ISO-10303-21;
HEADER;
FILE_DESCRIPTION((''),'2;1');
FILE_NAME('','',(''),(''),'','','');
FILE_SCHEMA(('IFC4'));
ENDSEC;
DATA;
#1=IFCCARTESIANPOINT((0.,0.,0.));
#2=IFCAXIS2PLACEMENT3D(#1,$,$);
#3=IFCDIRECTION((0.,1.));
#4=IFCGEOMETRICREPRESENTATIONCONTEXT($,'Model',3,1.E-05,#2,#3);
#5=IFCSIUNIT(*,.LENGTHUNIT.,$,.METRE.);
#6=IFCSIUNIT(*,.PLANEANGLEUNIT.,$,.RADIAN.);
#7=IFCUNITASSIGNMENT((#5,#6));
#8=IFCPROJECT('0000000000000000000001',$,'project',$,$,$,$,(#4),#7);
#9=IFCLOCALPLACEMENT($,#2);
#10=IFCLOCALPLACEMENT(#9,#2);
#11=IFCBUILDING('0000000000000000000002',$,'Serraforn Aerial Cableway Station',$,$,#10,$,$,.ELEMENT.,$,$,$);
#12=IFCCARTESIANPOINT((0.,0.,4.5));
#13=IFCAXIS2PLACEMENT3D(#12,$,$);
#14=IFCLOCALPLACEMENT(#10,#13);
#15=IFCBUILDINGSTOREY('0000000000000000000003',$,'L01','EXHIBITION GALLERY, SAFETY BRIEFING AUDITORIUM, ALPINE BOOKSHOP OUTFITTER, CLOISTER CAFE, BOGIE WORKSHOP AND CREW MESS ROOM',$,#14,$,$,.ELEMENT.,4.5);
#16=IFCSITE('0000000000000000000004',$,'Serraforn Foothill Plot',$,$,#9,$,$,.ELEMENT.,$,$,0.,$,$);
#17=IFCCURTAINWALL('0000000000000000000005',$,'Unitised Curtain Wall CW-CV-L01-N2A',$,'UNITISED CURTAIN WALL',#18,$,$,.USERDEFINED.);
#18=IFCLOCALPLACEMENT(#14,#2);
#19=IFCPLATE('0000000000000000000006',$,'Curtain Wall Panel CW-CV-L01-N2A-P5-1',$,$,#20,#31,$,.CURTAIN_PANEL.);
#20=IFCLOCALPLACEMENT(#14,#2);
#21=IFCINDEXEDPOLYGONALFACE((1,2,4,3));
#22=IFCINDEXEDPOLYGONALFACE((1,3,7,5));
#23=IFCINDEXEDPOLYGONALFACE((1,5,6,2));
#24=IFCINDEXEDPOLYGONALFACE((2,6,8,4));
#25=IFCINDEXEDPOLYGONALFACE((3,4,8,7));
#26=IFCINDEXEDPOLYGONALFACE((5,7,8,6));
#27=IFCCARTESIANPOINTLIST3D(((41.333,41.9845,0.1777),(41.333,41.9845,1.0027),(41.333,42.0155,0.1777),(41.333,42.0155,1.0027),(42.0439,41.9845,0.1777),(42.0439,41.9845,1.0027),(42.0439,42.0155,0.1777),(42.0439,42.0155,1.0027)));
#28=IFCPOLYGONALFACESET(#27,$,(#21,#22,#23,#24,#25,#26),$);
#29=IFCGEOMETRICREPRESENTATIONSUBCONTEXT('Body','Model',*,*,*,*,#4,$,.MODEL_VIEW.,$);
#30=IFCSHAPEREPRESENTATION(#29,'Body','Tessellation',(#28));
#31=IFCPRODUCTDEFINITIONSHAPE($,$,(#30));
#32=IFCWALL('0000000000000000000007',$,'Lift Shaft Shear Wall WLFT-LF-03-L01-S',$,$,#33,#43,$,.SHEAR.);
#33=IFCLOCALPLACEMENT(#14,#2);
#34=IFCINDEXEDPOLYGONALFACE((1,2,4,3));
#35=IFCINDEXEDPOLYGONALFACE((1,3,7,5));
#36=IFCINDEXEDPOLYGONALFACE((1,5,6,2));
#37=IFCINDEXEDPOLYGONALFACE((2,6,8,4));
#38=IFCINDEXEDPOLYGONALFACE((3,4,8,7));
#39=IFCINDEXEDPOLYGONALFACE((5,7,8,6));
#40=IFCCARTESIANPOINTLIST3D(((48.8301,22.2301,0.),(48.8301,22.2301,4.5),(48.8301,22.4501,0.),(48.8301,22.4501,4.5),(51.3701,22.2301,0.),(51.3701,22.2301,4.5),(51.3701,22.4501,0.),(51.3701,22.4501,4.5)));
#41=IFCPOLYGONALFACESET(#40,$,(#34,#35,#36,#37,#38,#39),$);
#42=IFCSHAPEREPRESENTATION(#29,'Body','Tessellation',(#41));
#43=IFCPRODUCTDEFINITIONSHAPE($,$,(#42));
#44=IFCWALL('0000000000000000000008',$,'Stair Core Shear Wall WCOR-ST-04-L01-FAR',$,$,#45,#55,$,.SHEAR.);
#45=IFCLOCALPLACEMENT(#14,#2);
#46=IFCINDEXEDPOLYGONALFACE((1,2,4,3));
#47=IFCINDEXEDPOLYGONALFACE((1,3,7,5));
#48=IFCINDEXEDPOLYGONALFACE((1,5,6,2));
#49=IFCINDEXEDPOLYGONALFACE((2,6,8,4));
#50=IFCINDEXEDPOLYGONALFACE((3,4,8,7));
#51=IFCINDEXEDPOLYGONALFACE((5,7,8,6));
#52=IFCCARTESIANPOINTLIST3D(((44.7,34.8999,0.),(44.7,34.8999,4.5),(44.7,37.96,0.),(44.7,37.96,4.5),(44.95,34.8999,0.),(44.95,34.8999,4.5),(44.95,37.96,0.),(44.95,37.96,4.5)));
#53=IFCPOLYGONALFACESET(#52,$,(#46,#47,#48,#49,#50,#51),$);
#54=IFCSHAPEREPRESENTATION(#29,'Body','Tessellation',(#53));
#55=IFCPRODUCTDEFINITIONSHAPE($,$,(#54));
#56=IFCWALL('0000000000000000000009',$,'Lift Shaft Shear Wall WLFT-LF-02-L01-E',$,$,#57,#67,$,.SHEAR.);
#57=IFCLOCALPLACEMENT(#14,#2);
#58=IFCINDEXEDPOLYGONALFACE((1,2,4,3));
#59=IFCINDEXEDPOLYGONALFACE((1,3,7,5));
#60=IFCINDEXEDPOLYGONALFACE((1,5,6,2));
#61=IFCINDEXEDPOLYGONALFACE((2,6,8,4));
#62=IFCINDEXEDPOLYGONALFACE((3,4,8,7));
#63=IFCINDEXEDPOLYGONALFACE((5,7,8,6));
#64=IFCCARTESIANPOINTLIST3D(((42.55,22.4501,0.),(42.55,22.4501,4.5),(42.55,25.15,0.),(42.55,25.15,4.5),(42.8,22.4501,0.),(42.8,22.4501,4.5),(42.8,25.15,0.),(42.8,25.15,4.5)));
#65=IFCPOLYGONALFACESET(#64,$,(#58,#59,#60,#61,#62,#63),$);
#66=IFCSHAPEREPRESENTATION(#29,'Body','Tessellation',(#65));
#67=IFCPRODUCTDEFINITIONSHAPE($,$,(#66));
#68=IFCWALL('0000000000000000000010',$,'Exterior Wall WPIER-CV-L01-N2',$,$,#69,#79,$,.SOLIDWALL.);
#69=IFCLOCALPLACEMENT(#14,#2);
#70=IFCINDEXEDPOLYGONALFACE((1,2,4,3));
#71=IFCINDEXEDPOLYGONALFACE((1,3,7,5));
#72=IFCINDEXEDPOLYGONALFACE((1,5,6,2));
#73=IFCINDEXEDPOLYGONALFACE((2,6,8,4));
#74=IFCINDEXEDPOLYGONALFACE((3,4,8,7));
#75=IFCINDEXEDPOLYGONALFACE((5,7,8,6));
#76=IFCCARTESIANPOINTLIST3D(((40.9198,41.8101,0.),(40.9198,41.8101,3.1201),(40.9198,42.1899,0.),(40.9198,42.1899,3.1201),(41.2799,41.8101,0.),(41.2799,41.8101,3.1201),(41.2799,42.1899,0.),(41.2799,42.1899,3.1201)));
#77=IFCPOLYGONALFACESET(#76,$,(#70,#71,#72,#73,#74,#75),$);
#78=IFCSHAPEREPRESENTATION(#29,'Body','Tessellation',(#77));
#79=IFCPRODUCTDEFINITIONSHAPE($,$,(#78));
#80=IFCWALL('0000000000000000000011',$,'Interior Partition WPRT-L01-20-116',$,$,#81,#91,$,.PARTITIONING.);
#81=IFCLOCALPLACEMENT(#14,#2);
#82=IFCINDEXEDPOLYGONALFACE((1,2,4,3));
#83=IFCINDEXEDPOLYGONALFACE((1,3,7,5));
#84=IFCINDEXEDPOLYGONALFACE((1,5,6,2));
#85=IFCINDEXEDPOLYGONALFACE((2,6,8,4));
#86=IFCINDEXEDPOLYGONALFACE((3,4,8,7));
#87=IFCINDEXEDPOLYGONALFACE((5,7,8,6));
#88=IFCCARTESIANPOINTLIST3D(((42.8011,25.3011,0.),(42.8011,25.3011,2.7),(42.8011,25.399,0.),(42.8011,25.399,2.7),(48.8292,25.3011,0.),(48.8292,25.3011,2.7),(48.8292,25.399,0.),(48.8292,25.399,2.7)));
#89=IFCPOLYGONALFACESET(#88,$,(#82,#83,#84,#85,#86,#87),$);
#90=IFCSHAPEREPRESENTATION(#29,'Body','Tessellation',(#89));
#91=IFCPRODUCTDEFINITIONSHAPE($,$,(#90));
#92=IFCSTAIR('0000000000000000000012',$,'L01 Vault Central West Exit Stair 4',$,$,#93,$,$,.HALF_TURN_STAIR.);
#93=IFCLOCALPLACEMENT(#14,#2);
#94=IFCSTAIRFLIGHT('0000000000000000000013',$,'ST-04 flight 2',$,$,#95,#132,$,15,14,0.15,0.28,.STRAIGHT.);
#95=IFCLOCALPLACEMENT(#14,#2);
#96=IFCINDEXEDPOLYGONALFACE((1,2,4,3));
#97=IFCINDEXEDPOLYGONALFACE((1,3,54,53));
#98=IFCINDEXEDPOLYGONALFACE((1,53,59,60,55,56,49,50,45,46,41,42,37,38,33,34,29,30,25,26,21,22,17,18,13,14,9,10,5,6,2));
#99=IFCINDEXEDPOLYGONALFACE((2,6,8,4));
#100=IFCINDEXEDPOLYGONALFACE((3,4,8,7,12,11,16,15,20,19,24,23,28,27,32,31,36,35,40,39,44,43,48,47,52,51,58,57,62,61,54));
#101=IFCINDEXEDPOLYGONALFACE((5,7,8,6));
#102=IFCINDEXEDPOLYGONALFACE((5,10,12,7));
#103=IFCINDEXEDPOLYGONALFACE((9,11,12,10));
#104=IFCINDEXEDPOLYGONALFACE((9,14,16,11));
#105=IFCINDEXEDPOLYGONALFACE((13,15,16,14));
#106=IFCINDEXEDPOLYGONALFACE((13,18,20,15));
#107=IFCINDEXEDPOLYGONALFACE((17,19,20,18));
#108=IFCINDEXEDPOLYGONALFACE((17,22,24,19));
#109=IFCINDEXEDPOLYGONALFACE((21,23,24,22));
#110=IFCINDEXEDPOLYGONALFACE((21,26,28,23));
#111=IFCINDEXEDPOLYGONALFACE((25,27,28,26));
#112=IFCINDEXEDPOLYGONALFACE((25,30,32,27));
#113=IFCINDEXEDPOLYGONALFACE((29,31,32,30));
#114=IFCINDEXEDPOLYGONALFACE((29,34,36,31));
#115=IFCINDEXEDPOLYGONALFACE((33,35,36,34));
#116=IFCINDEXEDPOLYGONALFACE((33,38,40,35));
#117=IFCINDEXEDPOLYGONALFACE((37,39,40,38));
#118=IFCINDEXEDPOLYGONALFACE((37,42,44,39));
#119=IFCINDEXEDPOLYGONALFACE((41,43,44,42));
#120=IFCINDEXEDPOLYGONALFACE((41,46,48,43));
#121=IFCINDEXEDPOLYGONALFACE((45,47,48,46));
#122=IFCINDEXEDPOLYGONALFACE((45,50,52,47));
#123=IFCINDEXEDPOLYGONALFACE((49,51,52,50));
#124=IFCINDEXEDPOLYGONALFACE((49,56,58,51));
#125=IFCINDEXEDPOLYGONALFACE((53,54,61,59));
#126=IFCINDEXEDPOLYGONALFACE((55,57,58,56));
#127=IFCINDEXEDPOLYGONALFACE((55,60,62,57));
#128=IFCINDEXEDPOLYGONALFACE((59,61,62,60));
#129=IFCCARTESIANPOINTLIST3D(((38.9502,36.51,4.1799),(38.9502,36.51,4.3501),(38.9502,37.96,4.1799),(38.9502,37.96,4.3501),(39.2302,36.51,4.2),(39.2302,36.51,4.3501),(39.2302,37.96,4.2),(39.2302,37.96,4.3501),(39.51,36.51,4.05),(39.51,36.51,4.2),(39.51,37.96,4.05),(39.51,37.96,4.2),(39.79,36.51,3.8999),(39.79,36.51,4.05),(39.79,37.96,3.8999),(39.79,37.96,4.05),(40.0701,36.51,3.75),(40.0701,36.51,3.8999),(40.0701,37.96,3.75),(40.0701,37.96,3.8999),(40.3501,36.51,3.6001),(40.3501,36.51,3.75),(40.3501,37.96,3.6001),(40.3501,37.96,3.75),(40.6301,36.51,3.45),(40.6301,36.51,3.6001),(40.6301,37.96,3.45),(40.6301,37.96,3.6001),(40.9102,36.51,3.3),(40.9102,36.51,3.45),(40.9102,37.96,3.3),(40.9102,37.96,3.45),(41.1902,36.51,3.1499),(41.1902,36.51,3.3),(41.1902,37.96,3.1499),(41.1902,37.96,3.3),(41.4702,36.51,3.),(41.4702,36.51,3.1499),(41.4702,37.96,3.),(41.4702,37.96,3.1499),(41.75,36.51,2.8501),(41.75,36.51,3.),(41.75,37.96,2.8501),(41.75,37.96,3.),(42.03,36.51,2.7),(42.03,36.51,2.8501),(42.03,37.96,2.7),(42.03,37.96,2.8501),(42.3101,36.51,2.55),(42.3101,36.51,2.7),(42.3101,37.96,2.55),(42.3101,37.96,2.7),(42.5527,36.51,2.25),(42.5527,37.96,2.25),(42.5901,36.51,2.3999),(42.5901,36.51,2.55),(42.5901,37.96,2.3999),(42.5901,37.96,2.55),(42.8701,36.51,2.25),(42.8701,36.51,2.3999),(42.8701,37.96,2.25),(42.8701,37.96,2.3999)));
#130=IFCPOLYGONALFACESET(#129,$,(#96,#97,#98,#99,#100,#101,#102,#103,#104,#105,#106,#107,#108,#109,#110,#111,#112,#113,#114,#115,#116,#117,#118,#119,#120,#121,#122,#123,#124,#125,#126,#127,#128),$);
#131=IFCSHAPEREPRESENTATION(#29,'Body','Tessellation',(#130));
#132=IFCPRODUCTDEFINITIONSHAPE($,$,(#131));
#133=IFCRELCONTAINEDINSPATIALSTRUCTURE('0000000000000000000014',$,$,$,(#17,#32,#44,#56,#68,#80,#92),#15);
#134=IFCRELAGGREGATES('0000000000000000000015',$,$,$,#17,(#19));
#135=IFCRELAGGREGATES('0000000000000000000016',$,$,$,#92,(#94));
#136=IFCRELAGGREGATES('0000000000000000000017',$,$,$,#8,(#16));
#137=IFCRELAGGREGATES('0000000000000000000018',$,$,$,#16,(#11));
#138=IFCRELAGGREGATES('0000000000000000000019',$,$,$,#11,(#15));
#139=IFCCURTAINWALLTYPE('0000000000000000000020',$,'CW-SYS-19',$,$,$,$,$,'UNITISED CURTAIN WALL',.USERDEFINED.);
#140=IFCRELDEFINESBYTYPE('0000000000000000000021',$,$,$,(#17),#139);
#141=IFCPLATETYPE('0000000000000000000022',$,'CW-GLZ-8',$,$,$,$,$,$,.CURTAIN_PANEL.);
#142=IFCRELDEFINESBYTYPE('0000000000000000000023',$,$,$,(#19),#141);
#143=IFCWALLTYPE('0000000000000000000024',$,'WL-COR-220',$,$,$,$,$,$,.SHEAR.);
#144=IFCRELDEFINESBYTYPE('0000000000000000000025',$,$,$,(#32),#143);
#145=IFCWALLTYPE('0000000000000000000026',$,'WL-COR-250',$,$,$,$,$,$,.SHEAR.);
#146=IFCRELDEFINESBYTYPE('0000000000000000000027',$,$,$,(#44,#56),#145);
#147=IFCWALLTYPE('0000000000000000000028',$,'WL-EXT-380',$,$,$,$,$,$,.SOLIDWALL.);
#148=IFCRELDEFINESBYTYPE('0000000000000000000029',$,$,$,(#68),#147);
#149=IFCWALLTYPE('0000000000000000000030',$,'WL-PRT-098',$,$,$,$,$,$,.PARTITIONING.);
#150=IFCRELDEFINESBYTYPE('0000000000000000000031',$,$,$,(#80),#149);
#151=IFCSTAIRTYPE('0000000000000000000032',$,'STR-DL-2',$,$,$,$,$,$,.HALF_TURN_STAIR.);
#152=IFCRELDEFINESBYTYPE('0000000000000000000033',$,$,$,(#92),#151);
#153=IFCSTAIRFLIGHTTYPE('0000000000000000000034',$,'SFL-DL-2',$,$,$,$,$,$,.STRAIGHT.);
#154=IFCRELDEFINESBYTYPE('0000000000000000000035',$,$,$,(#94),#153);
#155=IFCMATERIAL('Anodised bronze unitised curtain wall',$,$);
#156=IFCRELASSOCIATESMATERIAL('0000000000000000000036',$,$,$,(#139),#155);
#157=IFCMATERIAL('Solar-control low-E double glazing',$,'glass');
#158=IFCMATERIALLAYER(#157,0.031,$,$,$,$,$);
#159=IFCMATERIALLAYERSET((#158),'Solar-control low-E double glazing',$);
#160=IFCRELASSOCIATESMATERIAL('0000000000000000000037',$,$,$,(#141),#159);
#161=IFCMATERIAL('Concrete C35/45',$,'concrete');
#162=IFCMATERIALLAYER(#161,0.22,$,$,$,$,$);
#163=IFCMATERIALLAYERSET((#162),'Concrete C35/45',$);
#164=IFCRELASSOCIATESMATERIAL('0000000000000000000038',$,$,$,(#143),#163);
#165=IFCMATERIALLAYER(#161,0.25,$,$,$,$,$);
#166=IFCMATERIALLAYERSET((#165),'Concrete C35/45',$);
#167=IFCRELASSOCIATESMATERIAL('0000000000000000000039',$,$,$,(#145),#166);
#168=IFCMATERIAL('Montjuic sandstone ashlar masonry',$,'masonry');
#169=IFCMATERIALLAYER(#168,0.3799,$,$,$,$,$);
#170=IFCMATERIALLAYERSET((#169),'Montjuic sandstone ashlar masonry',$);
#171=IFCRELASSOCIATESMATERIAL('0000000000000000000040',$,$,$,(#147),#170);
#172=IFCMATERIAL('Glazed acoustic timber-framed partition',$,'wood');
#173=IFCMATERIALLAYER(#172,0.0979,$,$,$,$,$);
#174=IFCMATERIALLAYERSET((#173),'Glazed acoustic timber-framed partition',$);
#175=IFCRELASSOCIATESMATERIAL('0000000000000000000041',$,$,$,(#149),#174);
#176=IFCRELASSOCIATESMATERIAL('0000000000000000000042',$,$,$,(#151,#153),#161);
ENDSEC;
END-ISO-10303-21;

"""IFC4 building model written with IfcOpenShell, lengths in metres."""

from ifc_helpers import new_model, si_unit, direction, frame, frame_2d, origin, origin_2d, place, context, subcontext, project, spatial, polyline, rectangle, outline, extrude, material, layer, layer_set, type_object, element, aggregate, save


model = new_model("IFC4")

# Units and contexts
model_context = context("Model", 3, precision=1e-05, world=origin(), true_north=direction((0.0, 1.0)))
body_context = subcontext(model_context, "Body", "Model", "MODEL_VIEW")
ifc_project = project(units=[si_unit("LENGTHUNIT", "METRE"), si_unit("PLANEANGLEUNIT", "RADIAN")], contexts=[model_context])

# Site, building, storey
site_placement = place(None, origin())
site = spatial("IfcSite", under=ifc_project, at=site_placement, Name="Serraforn Foothill Plot", CompositionType="ELEMENT", RefElevation=0.0)
building_placement = place(site_placement, origin())
building = spatial("IfcBuilding", under=site, at=building_placement, Name="Serraforn Aerial Cableway Station", CompositionType="ELEMENT")
storey_placement = place(building_placement, frame((0.0, 0.0, 4.5)))
storey = spatial("IfcBuildingStorey", under=building, at=storey_placement, Name="L01", Description="EXHIBITION GALLERY, SAFETY BRIEFING AUDITORIUM, ALPINE BOOKSHOP OUTFITTER, CLOISTER CAFE, BOGIE WORKSHOP AND CREW MESS ROOM", CompositionType="ELEMENT", Elevation=4.5)

# Shared definitions
ifc_material_1 = material(Name="Concrete C35/45", Category="concrete")

# Curtain wall
ifc_material_2 = material(Name="Anodised bronze unitised curtain wall")
curtain_wall_type_1 = type_object("IfcCurtainWallType", Name="CW-SYS-19", ElementType="UNITISED CURTAIN WALL", PredefinedType="USERDEFINED", material=ifc_material_2)
curtain_wall_1_placement = place(storey_placement, origin())
curtain_wall_1 = element("IfcCurtainWall", 1, at=curtain_wall_1_placement, inside=storey, type_object=curtain_wall_type_1, Name="Unitised Curtain Wall CW-CV-L01-N2A", ObjectType="UNITISED CURTAIN WALL", PredefinedType="USERDEFINED")

# Plate
ifc_material_3 = material(Name="Solar-control low-E double glazing", Category="glass")
ifc_layer_1 = layer(ifc_material_3, 0.031)
ifc_layer_set_1 = layer_set([ifc_layer_1], Name="Solar-control low-E double glazing")
plate_type_1 = type_object("IfcPlateType", Name="CW-GLZ-8", PredefinedType="CURTAIN_PANEL", material=ifc_layer_set_1)
plate_1_placement = place(storey_placement, frame((41.6885, 42.0, 0.1777), z_axis=(0.0, 0.0, 1.0), x_axis=(1.0, 0.0, 0.0)))
plate_1 = element("IfcPlate", 2, at=plate_1_placement, type_object=plate_type_1, Name="Curtain Wall Panel CW-CV-L01-N2A-P5-1", PredefinedType="CURTAIN_PANEL", context=body_context, shape_type="SweptSolid", body=[
    extrude(rectangle(XDim=0.7109, YDim=0.031, at=origin_2d()), origin(), (0.0, 0.0, 1.0), 0.825),
])
aggregate(curtain_wall_1, [plate_1])

# Walls
ifc_layer_2 = layer(ifc_material_1, 0.22)
ifc_layer_set_2 = layer_set([ifc_layer_2], Name="Concrete C35/45")
wall_type_1 = type_object("IfcWallType", Name="WL-COR-220", PredefinedType="SHEAR", material=ifc_layer_set_2)
wall_1_placement = place(storey_placement, frame((48.8301, 22.3401, 0.0), z_axis=(0.0, 0.0, 1.0), x_axis=(1.0, 0.0, 0.0)))
element("IfcWall", 3, at=wall_1_placement, inside=storey, type_object=wall_type_1, Name="Lift Shaft Shear Wall WLFT-LF-03-L01-S", PredefinedType="SHEAR", context=body_context, shape_type="SweptSolid", body=[
    extrude(rectangle(XDim=2.54, YDim=0.22, at=frame_2d((1.27, 0.0))), origin(), (0.0, 0.0, 1.0), 4.5),
])
ifc_layer_3 = layer(ifc_material_1, 0.25)
ifc_layer_set_3 = layer_set([ifc_layer_3], Name="Concrete C35/45")
wall_type_2 = type_object("IfcWallType", Name="WL-COR-250", PredefinedType="SHEAR", material=ifc_layer_set_3)
wall_2_placement = place(storey_placement, frame((44.825, 34.8999, 0.0), z_axis=(0.0, 0.0, 1.0), x_axis=(0.0, 1.0, 0.0)))
element("IfcWall", 4, at=wall_2_placement, inside=storey, type_object=wall_type_2, Name="Stair Core Shear Wall WCOR-ST-04-L01-FAR", PredefinedType="SHEAR", context=body_context, shape_type="SweptSolid", body=[
    extrude(rectangle(XDim=3.0601, YDim=0.25, at=frame_2d((1.53, 0.0))), origin(), (0.0, 0.0, 1.0), 4.5),
])
wall_3_placement = place(storey_placement, frame((42.675, 22.45, 0.0), z_axis=(0.0, 0.0, 1.0), x_axis=(0.0, 1.0, 0.0)))
element("IfcWall", 5, at=wall_3_placement, inside=storey, type_object=wall_type_2, Name="Lift Shaft Shear Wall WLFT-LF-02-L01-E", PredefinedType="SHEAR", context=body_context, shape_type="SweptSolid", body=[
    extrude(rectangle(XDim=2.7, YDim=0.25, at=frame_2d((1.3501, 0.0))), origin(), (0.0, 0.0, 1.0), 4.5),
])
ifc_material_4 = material(Name="Montjuic sandstone ashlar masonry", Category="masonry")
ifc_layer_4 = layer(ifc_material_4, 0.3799)
ifc_layer_set_4 = layer_set([ifc_layer_4], Name="Montjuic sandstone ashlar masonry")
wall_type_3 = type_object("IfcWallType", Name="WL-EXT-380", PredefinedType="SOLIDWALL", material=ifc_layer_set_4)
wall_4_placement = place(storey_placement, frame((41.28, 42.0, 0.0), z_axis=(0.0, 0.0, 1.0), x_axis=(-1.0, 0.0, 0.0)))
element("IfcWall", 6, at=wall_4_placement, inside=storey, type_object=wall_type_3, Name="Exterior Wall WPIER-CV-L01-N2", PredefinedType="SOLIDWALL", context=body_context, shape_type="SweptSolid", body=[
    extrude(rectangle(XDim=0.3601, YDim=0.3799, at=frame_2d((0.1802, 0.0))), origin(), (0.0, 0.0, 1.0), 3.1201),
])
ifc_material_5 = material(Name="Glazed acoustic timber-framed partition", Category="wood")
ifc_layer_5 = layer(ifc_material_5, 0.0979)
ifc_layer_set_5 = layer_set([ifc_layer_5], Name="Glazed acoustic timber-framed partition")
wall_type_4 = type_object("IfcWallType", Name="WL-PRT-098", PredefinedType="PARTITIONING", material=ifc_layer_set_5)
wall_5_placement = place(storey_placement, frame((42.801, 25.3501, 0.0), z_axis=(0.0, 0.0, 1.0), x_axis=(1.0, 0.0, 0.0)))
element("IfcWall", 7, at=wall_5_placement, inside=storey, type_object=wall_type_4, Name="Interior Partition WPRT-L01-20-116", PredefinedType="PARTITIONING", context=body_context, shape_type="SweptSolid", body=[
    extrude(rectangle(XDim=6.0281, YDim=0.0979, at=frame_2d((3.0142, 0.0))), origin(), (0.0, 0.0, 1.0), 2.7),
])

# Stair, stair flight
stair_type = type_object("IfcStairType", Name="STR-DL-2", PredefinedType="HALF_TURN_STAIR", material=ifc_material_1)
stair_placement = place(storey_placement, origin())
stair = element("IfcStair", 8, at=stair_placement, inside=storey, type_object=stair_type, Name="L01 Vault Central West Exit Stair 4", PredefinedType="HALF_TURN_STAIR")
stair_flight_type = type_object("IfcStairFlightType", Name="SFL-DL-2", PredefinedType="STRAIGHT", material=ifc_material_1)
stair_flight_placement = place(storey_placement, frame((42.8701, 37.2351, 2.25), z_axis=(0.0, 0.0, 1.0), x_axis=(-1.0, 0.0, 0.0)))
stair_flight = element("IfcStairFlight", 9, at=stair_flight_placement, type_object=stair_flight_type, Name="ST-04 flight 2", NumberOfRisers=15, NumberOfTreads=14, PredefinedType="STRAIGHT", RiserHeight=0.15, TreadLength=0.28, context=body_context, shape_type="SweptSolid", body=[
    extrude(outline(polyline([(0.0, 0.0), (0.0, 0.1499), (0.28, 0.1499), (0.28, 0.3), (0.5601, 0.3), (0.5601, 0.45), (0.8401, 0.45), (0.8401, 0.6001), (1.1201, 0.6001), (1.1201, 0.75), (1.3999, 0.75), (1.3999, 0.8999), (1.6799, 0.8999), (1.6799, 1.05), (1.96, 1.05), (1.96, 1.2), (2.24, 1.2), (2.24, 1.3501), (2.52, 1.3501), (2.52, 1.5), (2.8, 1.5), (2.8, 1.6499), (3.0801, 1.6499), (3.0801, 1.8), (3.3601, 1.8), (3.3601, 1.95), (3.6399, 1.95), (3.6399, 2.1001), (3.9199, 2.1001), (3.9199, 2.25), (3.9199, 1.9299), (0.3174, 0.0), (0.0, 0.0)])), frame((0.0, 0.7251, 0.0), z_axis=(0.0, -1.0, 0.0), x_axis=(1.0, 0.0, 0.0)), (0.0, 0.0, 1.0), 1.45),
])
aggregate(stair, [stair_flight])

save(model, "model.ifc")
